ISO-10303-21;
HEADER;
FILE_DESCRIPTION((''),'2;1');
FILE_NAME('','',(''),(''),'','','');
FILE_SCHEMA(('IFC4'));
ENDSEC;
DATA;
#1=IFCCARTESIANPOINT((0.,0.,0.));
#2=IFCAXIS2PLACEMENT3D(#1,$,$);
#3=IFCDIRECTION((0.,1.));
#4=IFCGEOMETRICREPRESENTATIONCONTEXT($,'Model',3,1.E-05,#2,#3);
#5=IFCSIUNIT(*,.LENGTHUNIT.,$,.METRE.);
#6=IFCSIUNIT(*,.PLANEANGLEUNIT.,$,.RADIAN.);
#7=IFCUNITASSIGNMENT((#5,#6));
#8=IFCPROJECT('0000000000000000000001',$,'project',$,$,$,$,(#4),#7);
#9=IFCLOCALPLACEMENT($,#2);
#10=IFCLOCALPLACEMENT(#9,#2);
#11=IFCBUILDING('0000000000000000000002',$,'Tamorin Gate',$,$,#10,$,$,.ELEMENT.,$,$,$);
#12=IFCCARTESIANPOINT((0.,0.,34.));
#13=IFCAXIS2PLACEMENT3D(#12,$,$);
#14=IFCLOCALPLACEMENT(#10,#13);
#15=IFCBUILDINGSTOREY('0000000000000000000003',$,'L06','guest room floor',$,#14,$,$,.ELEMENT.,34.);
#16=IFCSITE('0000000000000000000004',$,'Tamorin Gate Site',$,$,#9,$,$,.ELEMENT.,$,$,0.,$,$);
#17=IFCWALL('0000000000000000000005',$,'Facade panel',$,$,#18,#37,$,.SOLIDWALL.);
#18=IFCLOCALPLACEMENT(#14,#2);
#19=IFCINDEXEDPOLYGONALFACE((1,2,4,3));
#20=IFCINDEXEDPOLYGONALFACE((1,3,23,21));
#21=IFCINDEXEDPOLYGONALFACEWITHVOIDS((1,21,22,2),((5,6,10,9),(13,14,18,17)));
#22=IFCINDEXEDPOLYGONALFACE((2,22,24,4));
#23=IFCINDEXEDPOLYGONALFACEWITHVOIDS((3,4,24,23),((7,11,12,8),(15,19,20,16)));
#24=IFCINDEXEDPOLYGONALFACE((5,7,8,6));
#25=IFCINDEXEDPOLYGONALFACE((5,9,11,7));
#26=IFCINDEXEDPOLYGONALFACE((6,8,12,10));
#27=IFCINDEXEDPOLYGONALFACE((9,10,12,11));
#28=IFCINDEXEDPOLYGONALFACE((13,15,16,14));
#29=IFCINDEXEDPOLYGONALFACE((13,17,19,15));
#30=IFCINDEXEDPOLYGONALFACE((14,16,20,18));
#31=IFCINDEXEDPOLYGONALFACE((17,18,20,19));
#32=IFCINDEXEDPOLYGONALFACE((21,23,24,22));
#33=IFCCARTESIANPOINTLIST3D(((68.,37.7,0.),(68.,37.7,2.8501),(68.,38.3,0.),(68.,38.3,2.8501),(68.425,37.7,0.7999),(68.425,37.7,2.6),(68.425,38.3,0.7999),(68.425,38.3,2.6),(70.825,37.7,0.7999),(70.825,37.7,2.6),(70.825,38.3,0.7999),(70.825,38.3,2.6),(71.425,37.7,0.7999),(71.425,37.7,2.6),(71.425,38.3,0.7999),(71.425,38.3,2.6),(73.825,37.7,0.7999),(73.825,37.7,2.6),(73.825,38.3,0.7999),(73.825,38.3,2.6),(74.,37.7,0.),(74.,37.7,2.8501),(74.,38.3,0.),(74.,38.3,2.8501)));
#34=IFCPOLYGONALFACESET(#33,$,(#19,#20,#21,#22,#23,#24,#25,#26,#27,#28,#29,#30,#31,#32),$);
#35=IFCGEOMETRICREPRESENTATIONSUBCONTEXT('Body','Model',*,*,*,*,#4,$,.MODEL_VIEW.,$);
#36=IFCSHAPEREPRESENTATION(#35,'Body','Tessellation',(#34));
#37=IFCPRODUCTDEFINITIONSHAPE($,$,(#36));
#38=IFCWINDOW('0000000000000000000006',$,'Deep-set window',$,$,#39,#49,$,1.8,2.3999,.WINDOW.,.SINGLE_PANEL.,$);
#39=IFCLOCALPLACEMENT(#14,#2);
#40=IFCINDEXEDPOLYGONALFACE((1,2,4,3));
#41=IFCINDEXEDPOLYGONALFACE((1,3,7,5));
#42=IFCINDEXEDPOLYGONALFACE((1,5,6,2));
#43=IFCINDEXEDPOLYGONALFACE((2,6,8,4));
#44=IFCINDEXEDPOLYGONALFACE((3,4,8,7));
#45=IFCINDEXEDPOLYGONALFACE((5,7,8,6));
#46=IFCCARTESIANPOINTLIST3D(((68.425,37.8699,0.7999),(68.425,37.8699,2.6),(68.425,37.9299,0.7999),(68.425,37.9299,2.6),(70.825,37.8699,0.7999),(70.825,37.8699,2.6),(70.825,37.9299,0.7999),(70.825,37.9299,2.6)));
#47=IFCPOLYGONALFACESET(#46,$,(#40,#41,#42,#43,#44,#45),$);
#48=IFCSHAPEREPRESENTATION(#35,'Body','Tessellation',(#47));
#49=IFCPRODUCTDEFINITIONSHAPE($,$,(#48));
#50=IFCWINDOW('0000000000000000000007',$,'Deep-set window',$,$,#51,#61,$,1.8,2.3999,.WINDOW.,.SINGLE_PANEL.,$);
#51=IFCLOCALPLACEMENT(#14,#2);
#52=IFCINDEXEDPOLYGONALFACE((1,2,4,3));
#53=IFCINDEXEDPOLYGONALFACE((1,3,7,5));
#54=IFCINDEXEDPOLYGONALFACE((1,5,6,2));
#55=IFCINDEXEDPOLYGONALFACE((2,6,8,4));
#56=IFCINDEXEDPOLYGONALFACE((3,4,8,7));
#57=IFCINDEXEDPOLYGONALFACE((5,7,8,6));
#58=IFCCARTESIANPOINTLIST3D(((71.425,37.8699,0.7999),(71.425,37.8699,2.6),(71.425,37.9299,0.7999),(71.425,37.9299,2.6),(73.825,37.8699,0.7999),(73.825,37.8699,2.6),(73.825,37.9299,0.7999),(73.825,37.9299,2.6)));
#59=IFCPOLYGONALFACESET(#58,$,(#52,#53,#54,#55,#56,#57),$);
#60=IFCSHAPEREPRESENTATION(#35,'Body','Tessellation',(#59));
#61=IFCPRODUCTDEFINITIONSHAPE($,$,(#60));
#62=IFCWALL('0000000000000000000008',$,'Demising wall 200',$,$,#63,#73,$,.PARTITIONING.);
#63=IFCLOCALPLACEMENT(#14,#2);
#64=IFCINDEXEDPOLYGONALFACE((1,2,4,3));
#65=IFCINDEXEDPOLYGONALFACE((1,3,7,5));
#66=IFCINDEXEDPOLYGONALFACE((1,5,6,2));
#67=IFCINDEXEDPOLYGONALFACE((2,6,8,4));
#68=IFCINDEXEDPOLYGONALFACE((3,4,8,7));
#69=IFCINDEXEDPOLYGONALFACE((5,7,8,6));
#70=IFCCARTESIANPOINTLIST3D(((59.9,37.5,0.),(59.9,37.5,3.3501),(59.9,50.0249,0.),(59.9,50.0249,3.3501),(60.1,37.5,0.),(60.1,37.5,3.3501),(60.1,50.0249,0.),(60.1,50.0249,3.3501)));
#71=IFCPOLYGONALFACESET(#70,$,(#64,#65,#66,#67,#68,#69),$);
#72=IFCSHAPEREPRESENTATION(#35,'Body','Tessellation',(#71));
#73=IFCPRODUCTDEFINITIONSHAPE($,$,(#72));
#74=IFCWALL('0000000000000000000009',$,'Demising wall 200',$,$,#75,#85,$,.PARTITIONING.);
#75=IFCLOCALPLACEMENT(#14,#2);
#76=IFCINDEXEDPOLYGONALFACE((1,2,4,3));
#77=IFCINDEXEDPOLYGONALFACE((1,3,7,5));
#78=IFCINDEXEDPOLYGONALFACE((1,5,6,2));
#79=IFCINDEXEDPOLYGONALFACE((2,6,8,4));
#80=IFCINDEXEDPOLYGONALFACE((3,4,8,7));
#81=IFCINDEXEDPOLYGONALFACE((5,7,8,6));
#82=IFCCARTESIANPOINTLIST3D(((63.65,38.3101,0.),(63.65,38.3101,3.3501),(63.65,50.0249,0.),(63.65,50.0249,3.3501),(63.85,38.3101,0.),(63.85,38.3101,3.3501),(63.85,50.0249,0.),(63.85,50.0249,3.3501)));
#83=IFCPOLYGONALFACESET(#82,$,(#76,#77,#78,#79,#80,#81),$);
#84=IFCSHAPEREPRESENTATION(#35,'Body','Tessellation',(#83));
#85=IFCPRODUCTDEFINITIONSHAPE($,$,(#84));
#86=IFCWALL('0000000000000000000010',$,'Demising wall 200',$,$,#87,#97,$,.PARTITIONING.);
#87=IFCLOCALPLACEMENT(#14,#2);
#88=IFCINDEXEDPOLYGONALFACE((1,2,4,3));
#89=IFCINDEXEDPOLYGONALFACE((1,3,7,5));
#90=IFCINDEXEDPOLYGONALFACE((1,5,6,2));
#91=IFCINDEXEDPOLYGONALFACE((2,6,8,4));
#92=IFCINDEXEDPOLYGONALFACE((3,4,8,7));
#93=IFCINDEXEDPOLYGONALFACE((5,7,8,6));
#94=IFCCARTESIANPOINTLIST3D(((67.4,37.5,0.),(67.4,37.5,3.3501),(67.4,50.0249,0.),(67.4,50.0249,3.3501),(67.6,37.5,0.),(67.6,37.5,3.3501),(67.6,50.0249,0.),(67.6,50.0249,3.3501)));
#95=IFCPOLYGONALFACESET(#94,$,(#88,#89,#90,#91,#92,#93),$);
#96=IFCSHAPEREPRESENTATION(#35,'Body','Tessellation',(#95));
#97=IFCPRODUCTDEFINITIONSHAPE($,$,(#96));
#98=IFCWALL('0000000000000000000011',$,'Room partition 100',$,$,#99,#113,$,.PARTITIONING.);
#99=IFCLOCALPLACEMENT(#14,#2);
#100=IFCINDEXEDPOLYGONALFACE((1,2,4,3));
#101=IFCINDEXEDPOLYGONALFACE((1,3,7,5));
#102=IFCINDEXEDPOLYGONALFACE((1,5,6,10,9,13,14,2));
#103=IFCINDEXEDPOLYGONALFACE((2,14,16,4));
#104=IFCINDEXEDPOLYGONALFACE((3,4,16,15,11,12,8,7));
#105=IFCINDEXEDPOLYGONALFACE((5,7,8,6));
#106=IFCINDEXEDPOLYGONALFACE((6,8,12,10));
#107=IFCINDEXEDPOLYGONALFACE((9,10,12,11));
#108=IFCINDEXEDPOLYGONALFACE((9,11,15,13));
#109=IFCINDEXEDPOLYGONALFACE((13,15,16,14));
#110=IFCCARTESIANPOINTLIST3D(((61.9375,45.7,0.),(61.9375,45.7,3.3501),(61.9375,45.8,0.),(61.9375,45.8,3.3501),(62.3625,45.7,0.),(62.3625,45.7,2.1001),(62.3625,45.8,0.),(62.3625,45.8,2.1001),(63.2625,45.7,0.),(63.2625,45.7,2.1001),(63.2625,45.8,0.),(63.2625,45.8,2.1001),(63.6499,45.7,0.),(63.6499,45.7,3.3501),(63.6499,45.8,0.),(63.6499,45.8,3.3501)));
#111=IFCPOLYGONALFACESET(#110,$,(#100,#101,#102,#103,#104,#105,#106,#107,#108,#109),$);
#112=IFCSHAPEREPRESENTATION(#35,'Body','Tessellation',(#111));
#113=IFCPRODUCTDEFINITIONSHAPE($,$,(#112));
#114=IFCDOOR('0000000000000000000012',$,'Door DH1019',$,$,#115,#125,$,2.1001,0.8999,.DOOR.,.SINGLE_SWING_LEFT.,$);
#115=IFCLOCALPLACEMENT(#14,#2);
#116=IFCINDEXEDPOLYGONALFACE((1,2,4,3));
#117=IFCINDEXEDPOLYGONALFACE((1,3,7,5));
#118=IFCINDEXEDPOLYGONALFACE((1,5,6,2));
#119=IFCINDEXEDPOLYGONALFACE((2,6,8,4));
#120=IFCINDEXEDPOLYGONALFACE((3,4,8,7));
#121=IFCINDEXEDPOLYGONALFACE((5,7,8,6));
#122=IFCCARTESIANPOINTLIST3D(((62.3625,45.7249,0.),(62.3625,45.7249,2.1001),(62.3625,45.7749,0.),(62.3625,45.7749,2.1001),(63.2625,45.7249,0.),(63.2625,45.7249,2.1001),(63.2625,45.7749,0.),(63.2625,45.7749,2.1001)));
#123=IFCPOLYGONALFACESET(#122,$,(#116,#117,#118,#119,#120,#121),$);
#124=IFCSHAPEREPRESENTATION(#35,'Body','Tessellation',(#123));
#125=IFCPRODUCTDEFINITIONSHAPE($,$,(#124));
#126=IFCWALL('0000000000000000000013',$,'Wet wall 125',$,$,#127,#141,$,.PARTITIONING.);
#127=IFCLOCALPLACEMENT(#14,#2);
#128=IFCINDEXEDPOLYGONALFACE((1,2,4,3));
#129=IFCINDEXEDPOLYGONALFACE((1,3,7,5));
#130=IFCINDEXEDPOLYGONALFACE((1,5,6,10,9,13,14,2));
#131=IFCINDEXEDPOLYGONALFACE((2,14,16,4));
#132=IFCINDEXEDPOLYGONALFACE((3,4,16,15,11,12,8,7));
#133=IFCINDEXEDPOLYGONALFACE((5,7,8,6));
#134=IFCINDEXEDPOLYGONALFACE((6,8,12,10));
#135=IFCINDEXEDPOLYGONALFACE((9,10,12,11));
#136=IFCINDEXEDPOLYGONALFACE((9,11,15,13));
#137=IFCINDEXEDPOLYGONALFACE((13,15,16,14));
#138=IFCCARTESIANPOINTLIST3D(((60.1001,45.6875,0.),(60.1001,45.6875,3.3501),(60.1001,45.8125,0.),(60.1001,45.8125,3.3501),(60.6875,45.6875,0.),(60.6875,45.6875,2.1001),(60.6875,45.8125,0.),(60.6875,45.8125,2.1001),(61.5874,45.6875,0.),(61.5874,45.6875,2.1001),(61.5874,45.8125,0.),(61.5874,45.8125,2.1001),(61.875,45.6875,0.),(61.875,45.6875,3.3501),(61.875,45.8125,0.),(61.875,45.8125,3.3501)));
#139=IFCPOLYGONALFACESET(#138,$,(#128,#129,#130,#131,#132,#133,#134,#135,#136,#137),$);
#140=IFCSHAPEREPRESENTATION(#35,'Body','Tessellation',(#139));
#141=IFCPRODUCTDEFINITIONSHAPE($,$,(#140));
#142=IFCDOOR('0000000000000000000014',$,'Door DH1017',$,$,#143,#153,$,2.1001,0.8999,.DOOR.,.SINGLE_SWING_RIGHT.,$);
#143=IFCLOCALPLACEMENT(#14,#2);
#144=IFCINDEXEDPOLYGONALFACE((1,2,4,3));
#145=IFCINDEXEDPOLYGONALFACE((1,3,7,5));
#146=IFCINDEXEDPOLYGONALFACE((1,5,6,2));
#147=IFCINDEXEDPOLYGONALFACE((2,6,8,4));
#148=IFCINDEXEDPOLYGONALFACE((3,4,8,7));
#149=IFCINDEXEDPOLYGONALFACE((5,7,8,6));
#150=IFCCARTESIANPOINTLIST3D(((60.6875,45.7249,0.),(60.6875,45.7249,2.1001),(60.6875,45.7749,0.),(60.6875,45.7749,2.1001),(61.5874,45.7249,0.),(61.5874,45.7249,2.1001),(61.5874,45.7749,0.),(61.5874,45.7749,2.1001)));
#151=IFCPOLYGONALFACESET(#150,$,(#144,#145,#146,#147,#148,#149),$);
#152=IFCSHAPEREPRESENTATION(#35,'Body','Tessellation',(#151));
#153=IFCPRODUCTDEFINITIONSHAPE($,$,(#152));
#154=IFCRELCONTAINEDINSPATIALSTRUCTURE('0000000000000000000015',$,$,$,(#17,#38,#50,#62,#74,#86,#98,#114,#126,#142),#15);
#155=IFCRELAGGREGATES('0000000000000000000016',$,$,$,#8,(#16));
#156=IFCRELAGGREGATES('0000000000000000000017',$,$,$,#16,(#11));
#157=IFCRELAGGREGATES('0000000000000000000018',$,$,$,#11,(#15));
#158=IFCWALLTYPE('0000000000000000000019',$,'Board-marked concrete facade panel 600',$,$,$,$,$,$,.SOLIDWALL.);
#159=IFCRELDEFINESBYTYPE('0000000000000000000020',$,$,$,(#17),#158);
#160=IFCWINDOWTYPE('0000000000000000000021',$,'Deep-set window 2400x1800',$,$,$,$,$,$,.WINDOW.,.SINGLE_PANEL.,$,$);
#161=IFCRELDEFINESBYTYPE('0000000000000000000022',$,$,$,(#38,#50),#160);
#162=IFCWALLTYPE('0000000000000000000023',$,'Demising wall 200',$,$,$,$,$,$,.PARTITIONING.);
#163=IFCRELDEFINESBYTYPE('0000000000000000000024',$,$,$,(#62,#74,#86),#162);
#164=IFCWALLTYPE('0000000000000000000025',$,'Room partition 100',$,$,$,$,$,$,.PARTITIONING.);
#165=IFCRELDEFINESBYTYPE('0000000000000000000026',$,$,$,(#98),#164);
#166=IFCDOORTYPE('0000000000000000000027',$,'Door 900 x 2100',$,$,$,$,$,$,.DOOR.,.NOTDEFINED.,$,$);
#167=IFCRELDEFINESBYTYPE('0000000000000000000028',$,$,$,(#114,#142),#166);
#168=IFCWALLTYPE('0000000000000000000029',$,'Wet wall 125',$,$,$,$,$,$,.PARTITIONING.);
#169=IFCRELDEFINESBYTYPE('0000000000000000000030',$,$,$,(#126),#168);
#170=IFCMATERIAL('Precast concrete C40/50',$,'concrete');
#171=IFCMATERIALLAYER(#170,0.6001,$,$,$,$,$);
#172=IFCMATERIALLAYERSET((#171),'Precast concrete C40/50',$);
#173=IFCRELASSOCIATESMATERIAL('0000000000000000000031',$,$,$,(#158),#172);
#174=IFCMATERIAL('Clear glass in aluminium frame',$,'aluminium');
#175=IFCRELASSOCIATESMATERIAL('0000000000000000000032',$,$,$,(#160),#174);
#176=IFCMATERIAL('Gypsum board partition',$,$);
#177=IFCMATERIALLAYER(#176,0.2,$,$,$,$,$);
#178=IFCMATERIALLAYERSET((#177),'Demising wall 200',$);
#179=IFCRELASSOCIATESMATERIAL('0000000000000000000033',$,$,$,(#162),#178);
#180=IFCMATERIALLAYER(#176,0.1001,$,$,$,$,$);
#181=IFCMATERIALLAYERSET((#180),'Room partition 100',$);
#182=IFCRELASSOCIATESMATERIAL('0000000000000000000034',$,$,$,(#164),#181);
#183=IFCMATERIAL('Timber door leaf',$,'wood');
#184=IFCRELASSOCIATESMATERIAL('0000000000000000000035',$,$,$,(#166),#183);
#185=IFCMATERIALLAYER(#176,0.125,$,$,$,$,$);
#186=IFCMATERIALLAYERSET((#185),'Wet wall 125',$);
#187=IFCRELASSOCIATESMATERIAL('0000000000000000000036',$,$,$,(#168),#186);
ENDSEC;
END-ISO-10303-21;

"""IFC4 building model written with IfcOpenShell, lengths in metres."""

from ifc_helpers import new_model, si_unit, direction, frame, frame_2d, origin, place, context, subcontext, project, spatial, rectangle, extrude, material, layer, layer_set, type_object, element, fill, save


model = new_model("IFC4")

# Units and contexts
model_context = context("Model", 3, precision=1e-05, world=origin(), true_north=direction((0.0, 1.0)))
body_context = subcontext(model_context, "Body", "Model", "MODEL_VIEW")
ifc_project = project(units=[si_unit("LENGTHUNIT", "METRE"), si_unit("PLANEANGLEUNIT", "RADIAN")], contexts=[model_context])

# Site, building, storey
site_placement = place(None, origin())
site = spatial("IfcSite", under=ifc_project, at=site_placement, Name="Tamorin Gate Site", CompositionType="ELEMENT", RefElevation=0.0)
building_placement = place(site_placement, origin())
building = spatial("IfcBuilding", under=site, at=building_placement, Name="Tamorin Gate", CompositionType="ELEMENT")
storey_placement = place(building_placement, frame((0.0, 0.0, 34.0)))
storey = spatial("IfcBuildingStorey", under=building, at=storey_placement, Name="L06", Description="guest room floor", CompositionType="ELEMENT", Elevation=34.0)

# Wall, openings, windows
ifc_material_1 = material(Name="Precast concrete C40/50", Category="concrete")
ifc_layer_1 = layer(ifc_material_1, 0.6001)
ifc_layer_set_1 = layer_set([ifc_layer_1], Name="Precast concrete C40/50")
wall_type_1 = type_object("IfcWallType", Name="Board-marked concrete facade panel 600", PredefinedType="SOLIDWALL", material=ifc_layer_set_1)
ifc_material_2 = material(Name="Clear glass in aluminium frame", Category="aluminium")
window_type = type_object("IfcWindowType", Name="Deep-set window 2400x1800", PartitioningType="SINGLE_PANEL", PredefinedType="WINDOW", material=ifc_material_2)
wall_1_placement = place(storey_placement, frame((68.0, 38.0, 0.0), z_axis=(0.0, 0.0, 1.0), x_axis=(1.0, 0.0, 0.0)))
wall_1 = element("IfcWall", 1, at=wall_1_placement, inside=storey, type_object=wall_type_1, Name="Facade panel", PredefinedType="SOLIDWALL", context=body_context, shape_type="SweptSolid", body=[
    extrude(rectangle(XDim=6.0, YDim=0.6001, at=frame_2d((3.0, 0.0))), origin(), (0.0, 0.0, 1.0), 2.8501),
])
opening_1_placement = place(wall_1_placement, frame((0.425, 0.0, 0.8)))
opening_1 = element("IfcOpeningElement", 2, at=opening_1_placement, cuts=wall_1, PredefinedType="OPENING", context=body_context, shape_type="SweptSolid", body=[
    extrude(rectangle(XDim=2.3999, YDim=1.8, at=frame_2d((1.2, 0.8999))), frame((0.0, 0.3101, 0.0), z_axis=(0.0, -1.0, 0.0), x_axis=(1.0, 0.0, 0.0)), (0.0, 0.0, 1.0), 0.6201),
])
opening_2_placement = place(wall_1_placement, frame((3.425, 0.0, 0.8)))
opening_2 = element("IfcOpeningElement", 3, at=opening_2_placement, cuts=wall_1, PredefinedType="OPENING", context=body_context, shape_type="SweptSolid", body=[
    extrude(rectangle(XDim=2.3999, YDim=1.8, at=frame_2d((1.2, 0.8999))), frame((0.0, 0.3101, 0.0), z_axis=(0.0, -1.0, 0.0), x_axis=(1.0, 0.0, 0.0)), (0.0, 0.0, 1.0), 0.6201),
])
window_1_placement = place(opening_1_placement, origin())
window_1 = element("IfcWindow", 4, at=window_1_placement, inside=storey, type_object=window_type, Name="Deep-set window", OverallHeight=1.8, OverallWidth=2.3999, PartitioningType="SINGLE_PANEL", PredefinedType="WINDOW", context=body_context, shape_type="SweptSolid", body=[
    extrude(rectangle(XDim=2.3999, YDim=1.8, at=frame_2d((1.2, 0.8999))), frame((0.0, -0.0701, 0.0), z_axis=(0.0, -1.0, 0.0), x_axis=(1.0, 0.0, 0.0)), (0.0, 0.0, 1.0), 0.0601),
])
fill(opening_1, window_1)
window_2_placement = place(opening_2_placement, origin())
window_2 = element("IfcWindow", 5, at=window_2_placement, inside=storey, type_object=window_type, Name="Deep-set window", OverallHeight=1.8, OverallWidth=2.3999, PartitioningType="SINGLE_PANEL", PredefinedType="WINDOW", context=body_context, shape_type="SweptSolid", body=[
    extrude(rectangle(XDim=2.3999, YDim=1.8, at=frame_2d((1.2, 0.8999))), frame((0.0, -0.0701, 0.0), z_axis=(0.0, -1.0, 0.0), x_axis=(1.0, 0.0, 0.0)), (0.0, 0.0, 1.0), 0.0601),
])
fill(opening_2, window_2)

# Walls
ifc_material_3 = material(Name="Gypsum board partition")
ifc_layer_2 = layer(ifc_material_3, 0.2)
ifc_layer_set_2 = layer_set([ifc_layer_2], Name="Demising wall 200")
wall_type_2 = type_object("IfcWallType", Name="Demising wall 200", PredefinedType="PARTITIONING", material=ifc_layer_set_2)
wall_2_placement = place(storey_placement, frame((60.0, 37.5, 0.0), z_axis=(0.0, 0.0, 1.0), x_axis=(0.0, 1.0, 0.0)))
element("IfcWall", 6, at=wall_2_placement, inside=storey, type_object=wall_type_2, Name="Demising wall 200", PredefinedType="PARTITIONING", context=body_context, shape_type="SweptSolid", body=[
    extrude(rectangle(XDim=12.5249, YDim=0.2, at=frame_2d((6.2625, 0.0))), origin(), (0.0, 0.0, 1.0), 3.3501),
])
wall_3_placement = place(storey_placement, frame((63.75, 38.3101, 0.0), z_axis=(0.0, 0.0, 1.0), x_axis=(0.0, 1.0, 0.0)))
element("IfcWall", 7, at=wall_3_placement, inside=storey, type_object=wall_type_2, Name="Demising wall 200", PredefinedType="PARTITIONING", context=body_context, shape_type="SweptSolid", body=[
    extrude(rectangle(XDim=11.7148, YDim=0.2, at=frame_2d((5.8574, 0.0))), origin(), (0.0, 0.0, 1.0), 3.3501),
])
wall_4_placement = place(storey_placement, frame((67.5, 37.5, 0.0), z_axis=(0.0, 0.0, 1.0), x_axis=(0.0, 1.0, 0.0)))
element("IfcWall", 8, at=wall_4_placement, inside=storey, type_object=wall_type_2, Name="Demising wall 200", PredefinedType="PARTITIONING", context=body_context, shape_type="SweptSolid", body=[
    extrude(rectangle(XDim=12.5249, YDim=0.2, at=frame_2d((6.2625, 0.0))), origin(), (0.0, 0.0, 1.0), 3.3501),
])

# Walls, openings, doors
ifc_layer_3 = layer(ifc_material_3, 0.1001)
ifc_layer_set_3 = layer_set([ifc_layer_3], Name="Room partition 100")
wall_type_3 = type_object("IfcWallType", Name="Room partition 100", PredefinedType="PARTITIONING", material=ifc_layer_set_3)
wall_5_placement = place(storey_placement, frame((61.9375, 45.75, 0.0), z_axis=(0.0, 0.0, 1.0), x_axis=(1.0, 0.0, 0.0)))
wall_5 = element("IfcWall", 9, at=wall_5_placement, inside=storey, type_object=wall_type_3, Name="Room partition 100", PredefinedType="PARTITIONING", context=body_context, shape_type="SweptSolid", body=[
    extrude(rectangle(XDim=1.7124, YDim=0.1001, at=frame_2d((0.8562, 0.0))), origin(), (0.0, 0.0, 1.0), 3.3501),
])
opening_3_placement = place(wall_5_placement, frame((0.425, 0.0, 0.0)))
opening_3 = element("IfcOpeningElement", 10, at=opening_3_placement, cuts=wall_5, PredefinedType="OPENING", context=body_context, shape_type="SweptSolid", body=[
    extrude(rectangle(XDim=0.8999, YDim=2.1001, at=frame_2d((0.45, 1.05))), frame((0.0, 0.0601, 0.0), z_axis=(0.0, -1.0, 0.0), x_axis=(1.0, 0.0, 0.0)), (0.0, 0.0, 1.0), 0.1201),
])
ifc_material_4 = material(Name="Timber door leaf", Category="wood")
door_type = type_object("IfcDoorType", Name="Door 900 x 2100", OperationType="NOTDEFINED", PredefinedType="DOOR", material=ifc_material_4)
door_1_placement = place(opening_3_placement, origin())
door_1 = element("IfcDoor", 11, at=door_1_placement, inside=storey, type_object=door_type, Name="Door DH1019", OperationType="SINGLE_SWING_LEFT", OverallHeight=2.1001, OverallWidth=0.8999, PredefinedType="DOOR", context=body_context, shape_type="SweptSolid", body=[
    extrude(rectangle(XDim=0.8999, YDim=2.1001, at=frame_2d((0.45, 1.05))), frame((0.0, 0.0249, 0.0), z_axis=(0.0, -1.0, 0.0), x_axis=(1.0, 0.0, 0.0)), (0.0, 0.0, 1.0), 0.05),
])
fill(opening_3, door_1)
ifc_layer_4 = layer(ifc_material_3, 0.125)
ifc_layer_set_4 = layer_set([ifc_layer_4], Name="Wet wall 125")
wall_type_4 = type_object("IfcWallType", Name="Wet wall 125", PredefinedType="PARTITIONING", material=ifc_layer_set_4)
wall_6_placement = place(storey_placement, frame((60.1001, 45.75, 0.0), z_axis=(0.0, 0.0, 1.0), x_axis=(1.0, 0.0, 0.0)))
wall_6 = element("IfcWall", 12, at=wall_6_placement, inside=storey, type_object=wall_type_4, Name="Wet wall 125", PredefinedType="PARTITIONING", context=body_context, shape_type="SweptSolid", body=[
    extrude(rectangle(XDim=1.7749, YDim=0.125, at=frame_2d((0.8875, 0.0))), origin(), (0.0, 0.0, 1.0), 3.3501),
])
opening_4_placement = place(wall_6_placement, frame((0.5874, 0.0, 0.0)))
opening_4 = element("IfcOpeningElement", 13, at=opening_4_placement, cuts=wall_6, PredefinedType="OPENING", context=body_context, shape_type="SweptSolid", body=[
    extrude(rectangle(XDim=0.8999, YDim=2.1001, at=frame_2d((0.45, 1.05))), frame((0.0, 0.0725, 0.0), z_axis=(0.0, -1.0, 0.0), x_axis=(1.0, 0.0, 0.0)), (0.0, 0.0, 1.0), 0.145),
])
door_2_placement = place(opening_4_placement, origin())
door_2 = element("IfcDoor", 14, at=door_2_placement, inside=storey, type_object=door_type, Name="Door DH1017", OperationType="SINGLE_SWING_RIGHT", OverallHeight=2.1001, OverallWidth=0.8999, PredefinedType="DOOR", context=body_context, shape_type="SweptSolid", body=[
    extrude(rectangle(XDim=0.8999, YDim=2.1001, at=frame_2d((0.45, 1.05))), frame((0.0, 0.0249, 0.0), z_axis=(0.0, -1.0, 0.0), x_axis=(1.0, 0.0, 0.0)), (0.0, 0.0, 1.0), 0.05),
])
fill(opening_4, door_2)

save(model, "model.ifc")
